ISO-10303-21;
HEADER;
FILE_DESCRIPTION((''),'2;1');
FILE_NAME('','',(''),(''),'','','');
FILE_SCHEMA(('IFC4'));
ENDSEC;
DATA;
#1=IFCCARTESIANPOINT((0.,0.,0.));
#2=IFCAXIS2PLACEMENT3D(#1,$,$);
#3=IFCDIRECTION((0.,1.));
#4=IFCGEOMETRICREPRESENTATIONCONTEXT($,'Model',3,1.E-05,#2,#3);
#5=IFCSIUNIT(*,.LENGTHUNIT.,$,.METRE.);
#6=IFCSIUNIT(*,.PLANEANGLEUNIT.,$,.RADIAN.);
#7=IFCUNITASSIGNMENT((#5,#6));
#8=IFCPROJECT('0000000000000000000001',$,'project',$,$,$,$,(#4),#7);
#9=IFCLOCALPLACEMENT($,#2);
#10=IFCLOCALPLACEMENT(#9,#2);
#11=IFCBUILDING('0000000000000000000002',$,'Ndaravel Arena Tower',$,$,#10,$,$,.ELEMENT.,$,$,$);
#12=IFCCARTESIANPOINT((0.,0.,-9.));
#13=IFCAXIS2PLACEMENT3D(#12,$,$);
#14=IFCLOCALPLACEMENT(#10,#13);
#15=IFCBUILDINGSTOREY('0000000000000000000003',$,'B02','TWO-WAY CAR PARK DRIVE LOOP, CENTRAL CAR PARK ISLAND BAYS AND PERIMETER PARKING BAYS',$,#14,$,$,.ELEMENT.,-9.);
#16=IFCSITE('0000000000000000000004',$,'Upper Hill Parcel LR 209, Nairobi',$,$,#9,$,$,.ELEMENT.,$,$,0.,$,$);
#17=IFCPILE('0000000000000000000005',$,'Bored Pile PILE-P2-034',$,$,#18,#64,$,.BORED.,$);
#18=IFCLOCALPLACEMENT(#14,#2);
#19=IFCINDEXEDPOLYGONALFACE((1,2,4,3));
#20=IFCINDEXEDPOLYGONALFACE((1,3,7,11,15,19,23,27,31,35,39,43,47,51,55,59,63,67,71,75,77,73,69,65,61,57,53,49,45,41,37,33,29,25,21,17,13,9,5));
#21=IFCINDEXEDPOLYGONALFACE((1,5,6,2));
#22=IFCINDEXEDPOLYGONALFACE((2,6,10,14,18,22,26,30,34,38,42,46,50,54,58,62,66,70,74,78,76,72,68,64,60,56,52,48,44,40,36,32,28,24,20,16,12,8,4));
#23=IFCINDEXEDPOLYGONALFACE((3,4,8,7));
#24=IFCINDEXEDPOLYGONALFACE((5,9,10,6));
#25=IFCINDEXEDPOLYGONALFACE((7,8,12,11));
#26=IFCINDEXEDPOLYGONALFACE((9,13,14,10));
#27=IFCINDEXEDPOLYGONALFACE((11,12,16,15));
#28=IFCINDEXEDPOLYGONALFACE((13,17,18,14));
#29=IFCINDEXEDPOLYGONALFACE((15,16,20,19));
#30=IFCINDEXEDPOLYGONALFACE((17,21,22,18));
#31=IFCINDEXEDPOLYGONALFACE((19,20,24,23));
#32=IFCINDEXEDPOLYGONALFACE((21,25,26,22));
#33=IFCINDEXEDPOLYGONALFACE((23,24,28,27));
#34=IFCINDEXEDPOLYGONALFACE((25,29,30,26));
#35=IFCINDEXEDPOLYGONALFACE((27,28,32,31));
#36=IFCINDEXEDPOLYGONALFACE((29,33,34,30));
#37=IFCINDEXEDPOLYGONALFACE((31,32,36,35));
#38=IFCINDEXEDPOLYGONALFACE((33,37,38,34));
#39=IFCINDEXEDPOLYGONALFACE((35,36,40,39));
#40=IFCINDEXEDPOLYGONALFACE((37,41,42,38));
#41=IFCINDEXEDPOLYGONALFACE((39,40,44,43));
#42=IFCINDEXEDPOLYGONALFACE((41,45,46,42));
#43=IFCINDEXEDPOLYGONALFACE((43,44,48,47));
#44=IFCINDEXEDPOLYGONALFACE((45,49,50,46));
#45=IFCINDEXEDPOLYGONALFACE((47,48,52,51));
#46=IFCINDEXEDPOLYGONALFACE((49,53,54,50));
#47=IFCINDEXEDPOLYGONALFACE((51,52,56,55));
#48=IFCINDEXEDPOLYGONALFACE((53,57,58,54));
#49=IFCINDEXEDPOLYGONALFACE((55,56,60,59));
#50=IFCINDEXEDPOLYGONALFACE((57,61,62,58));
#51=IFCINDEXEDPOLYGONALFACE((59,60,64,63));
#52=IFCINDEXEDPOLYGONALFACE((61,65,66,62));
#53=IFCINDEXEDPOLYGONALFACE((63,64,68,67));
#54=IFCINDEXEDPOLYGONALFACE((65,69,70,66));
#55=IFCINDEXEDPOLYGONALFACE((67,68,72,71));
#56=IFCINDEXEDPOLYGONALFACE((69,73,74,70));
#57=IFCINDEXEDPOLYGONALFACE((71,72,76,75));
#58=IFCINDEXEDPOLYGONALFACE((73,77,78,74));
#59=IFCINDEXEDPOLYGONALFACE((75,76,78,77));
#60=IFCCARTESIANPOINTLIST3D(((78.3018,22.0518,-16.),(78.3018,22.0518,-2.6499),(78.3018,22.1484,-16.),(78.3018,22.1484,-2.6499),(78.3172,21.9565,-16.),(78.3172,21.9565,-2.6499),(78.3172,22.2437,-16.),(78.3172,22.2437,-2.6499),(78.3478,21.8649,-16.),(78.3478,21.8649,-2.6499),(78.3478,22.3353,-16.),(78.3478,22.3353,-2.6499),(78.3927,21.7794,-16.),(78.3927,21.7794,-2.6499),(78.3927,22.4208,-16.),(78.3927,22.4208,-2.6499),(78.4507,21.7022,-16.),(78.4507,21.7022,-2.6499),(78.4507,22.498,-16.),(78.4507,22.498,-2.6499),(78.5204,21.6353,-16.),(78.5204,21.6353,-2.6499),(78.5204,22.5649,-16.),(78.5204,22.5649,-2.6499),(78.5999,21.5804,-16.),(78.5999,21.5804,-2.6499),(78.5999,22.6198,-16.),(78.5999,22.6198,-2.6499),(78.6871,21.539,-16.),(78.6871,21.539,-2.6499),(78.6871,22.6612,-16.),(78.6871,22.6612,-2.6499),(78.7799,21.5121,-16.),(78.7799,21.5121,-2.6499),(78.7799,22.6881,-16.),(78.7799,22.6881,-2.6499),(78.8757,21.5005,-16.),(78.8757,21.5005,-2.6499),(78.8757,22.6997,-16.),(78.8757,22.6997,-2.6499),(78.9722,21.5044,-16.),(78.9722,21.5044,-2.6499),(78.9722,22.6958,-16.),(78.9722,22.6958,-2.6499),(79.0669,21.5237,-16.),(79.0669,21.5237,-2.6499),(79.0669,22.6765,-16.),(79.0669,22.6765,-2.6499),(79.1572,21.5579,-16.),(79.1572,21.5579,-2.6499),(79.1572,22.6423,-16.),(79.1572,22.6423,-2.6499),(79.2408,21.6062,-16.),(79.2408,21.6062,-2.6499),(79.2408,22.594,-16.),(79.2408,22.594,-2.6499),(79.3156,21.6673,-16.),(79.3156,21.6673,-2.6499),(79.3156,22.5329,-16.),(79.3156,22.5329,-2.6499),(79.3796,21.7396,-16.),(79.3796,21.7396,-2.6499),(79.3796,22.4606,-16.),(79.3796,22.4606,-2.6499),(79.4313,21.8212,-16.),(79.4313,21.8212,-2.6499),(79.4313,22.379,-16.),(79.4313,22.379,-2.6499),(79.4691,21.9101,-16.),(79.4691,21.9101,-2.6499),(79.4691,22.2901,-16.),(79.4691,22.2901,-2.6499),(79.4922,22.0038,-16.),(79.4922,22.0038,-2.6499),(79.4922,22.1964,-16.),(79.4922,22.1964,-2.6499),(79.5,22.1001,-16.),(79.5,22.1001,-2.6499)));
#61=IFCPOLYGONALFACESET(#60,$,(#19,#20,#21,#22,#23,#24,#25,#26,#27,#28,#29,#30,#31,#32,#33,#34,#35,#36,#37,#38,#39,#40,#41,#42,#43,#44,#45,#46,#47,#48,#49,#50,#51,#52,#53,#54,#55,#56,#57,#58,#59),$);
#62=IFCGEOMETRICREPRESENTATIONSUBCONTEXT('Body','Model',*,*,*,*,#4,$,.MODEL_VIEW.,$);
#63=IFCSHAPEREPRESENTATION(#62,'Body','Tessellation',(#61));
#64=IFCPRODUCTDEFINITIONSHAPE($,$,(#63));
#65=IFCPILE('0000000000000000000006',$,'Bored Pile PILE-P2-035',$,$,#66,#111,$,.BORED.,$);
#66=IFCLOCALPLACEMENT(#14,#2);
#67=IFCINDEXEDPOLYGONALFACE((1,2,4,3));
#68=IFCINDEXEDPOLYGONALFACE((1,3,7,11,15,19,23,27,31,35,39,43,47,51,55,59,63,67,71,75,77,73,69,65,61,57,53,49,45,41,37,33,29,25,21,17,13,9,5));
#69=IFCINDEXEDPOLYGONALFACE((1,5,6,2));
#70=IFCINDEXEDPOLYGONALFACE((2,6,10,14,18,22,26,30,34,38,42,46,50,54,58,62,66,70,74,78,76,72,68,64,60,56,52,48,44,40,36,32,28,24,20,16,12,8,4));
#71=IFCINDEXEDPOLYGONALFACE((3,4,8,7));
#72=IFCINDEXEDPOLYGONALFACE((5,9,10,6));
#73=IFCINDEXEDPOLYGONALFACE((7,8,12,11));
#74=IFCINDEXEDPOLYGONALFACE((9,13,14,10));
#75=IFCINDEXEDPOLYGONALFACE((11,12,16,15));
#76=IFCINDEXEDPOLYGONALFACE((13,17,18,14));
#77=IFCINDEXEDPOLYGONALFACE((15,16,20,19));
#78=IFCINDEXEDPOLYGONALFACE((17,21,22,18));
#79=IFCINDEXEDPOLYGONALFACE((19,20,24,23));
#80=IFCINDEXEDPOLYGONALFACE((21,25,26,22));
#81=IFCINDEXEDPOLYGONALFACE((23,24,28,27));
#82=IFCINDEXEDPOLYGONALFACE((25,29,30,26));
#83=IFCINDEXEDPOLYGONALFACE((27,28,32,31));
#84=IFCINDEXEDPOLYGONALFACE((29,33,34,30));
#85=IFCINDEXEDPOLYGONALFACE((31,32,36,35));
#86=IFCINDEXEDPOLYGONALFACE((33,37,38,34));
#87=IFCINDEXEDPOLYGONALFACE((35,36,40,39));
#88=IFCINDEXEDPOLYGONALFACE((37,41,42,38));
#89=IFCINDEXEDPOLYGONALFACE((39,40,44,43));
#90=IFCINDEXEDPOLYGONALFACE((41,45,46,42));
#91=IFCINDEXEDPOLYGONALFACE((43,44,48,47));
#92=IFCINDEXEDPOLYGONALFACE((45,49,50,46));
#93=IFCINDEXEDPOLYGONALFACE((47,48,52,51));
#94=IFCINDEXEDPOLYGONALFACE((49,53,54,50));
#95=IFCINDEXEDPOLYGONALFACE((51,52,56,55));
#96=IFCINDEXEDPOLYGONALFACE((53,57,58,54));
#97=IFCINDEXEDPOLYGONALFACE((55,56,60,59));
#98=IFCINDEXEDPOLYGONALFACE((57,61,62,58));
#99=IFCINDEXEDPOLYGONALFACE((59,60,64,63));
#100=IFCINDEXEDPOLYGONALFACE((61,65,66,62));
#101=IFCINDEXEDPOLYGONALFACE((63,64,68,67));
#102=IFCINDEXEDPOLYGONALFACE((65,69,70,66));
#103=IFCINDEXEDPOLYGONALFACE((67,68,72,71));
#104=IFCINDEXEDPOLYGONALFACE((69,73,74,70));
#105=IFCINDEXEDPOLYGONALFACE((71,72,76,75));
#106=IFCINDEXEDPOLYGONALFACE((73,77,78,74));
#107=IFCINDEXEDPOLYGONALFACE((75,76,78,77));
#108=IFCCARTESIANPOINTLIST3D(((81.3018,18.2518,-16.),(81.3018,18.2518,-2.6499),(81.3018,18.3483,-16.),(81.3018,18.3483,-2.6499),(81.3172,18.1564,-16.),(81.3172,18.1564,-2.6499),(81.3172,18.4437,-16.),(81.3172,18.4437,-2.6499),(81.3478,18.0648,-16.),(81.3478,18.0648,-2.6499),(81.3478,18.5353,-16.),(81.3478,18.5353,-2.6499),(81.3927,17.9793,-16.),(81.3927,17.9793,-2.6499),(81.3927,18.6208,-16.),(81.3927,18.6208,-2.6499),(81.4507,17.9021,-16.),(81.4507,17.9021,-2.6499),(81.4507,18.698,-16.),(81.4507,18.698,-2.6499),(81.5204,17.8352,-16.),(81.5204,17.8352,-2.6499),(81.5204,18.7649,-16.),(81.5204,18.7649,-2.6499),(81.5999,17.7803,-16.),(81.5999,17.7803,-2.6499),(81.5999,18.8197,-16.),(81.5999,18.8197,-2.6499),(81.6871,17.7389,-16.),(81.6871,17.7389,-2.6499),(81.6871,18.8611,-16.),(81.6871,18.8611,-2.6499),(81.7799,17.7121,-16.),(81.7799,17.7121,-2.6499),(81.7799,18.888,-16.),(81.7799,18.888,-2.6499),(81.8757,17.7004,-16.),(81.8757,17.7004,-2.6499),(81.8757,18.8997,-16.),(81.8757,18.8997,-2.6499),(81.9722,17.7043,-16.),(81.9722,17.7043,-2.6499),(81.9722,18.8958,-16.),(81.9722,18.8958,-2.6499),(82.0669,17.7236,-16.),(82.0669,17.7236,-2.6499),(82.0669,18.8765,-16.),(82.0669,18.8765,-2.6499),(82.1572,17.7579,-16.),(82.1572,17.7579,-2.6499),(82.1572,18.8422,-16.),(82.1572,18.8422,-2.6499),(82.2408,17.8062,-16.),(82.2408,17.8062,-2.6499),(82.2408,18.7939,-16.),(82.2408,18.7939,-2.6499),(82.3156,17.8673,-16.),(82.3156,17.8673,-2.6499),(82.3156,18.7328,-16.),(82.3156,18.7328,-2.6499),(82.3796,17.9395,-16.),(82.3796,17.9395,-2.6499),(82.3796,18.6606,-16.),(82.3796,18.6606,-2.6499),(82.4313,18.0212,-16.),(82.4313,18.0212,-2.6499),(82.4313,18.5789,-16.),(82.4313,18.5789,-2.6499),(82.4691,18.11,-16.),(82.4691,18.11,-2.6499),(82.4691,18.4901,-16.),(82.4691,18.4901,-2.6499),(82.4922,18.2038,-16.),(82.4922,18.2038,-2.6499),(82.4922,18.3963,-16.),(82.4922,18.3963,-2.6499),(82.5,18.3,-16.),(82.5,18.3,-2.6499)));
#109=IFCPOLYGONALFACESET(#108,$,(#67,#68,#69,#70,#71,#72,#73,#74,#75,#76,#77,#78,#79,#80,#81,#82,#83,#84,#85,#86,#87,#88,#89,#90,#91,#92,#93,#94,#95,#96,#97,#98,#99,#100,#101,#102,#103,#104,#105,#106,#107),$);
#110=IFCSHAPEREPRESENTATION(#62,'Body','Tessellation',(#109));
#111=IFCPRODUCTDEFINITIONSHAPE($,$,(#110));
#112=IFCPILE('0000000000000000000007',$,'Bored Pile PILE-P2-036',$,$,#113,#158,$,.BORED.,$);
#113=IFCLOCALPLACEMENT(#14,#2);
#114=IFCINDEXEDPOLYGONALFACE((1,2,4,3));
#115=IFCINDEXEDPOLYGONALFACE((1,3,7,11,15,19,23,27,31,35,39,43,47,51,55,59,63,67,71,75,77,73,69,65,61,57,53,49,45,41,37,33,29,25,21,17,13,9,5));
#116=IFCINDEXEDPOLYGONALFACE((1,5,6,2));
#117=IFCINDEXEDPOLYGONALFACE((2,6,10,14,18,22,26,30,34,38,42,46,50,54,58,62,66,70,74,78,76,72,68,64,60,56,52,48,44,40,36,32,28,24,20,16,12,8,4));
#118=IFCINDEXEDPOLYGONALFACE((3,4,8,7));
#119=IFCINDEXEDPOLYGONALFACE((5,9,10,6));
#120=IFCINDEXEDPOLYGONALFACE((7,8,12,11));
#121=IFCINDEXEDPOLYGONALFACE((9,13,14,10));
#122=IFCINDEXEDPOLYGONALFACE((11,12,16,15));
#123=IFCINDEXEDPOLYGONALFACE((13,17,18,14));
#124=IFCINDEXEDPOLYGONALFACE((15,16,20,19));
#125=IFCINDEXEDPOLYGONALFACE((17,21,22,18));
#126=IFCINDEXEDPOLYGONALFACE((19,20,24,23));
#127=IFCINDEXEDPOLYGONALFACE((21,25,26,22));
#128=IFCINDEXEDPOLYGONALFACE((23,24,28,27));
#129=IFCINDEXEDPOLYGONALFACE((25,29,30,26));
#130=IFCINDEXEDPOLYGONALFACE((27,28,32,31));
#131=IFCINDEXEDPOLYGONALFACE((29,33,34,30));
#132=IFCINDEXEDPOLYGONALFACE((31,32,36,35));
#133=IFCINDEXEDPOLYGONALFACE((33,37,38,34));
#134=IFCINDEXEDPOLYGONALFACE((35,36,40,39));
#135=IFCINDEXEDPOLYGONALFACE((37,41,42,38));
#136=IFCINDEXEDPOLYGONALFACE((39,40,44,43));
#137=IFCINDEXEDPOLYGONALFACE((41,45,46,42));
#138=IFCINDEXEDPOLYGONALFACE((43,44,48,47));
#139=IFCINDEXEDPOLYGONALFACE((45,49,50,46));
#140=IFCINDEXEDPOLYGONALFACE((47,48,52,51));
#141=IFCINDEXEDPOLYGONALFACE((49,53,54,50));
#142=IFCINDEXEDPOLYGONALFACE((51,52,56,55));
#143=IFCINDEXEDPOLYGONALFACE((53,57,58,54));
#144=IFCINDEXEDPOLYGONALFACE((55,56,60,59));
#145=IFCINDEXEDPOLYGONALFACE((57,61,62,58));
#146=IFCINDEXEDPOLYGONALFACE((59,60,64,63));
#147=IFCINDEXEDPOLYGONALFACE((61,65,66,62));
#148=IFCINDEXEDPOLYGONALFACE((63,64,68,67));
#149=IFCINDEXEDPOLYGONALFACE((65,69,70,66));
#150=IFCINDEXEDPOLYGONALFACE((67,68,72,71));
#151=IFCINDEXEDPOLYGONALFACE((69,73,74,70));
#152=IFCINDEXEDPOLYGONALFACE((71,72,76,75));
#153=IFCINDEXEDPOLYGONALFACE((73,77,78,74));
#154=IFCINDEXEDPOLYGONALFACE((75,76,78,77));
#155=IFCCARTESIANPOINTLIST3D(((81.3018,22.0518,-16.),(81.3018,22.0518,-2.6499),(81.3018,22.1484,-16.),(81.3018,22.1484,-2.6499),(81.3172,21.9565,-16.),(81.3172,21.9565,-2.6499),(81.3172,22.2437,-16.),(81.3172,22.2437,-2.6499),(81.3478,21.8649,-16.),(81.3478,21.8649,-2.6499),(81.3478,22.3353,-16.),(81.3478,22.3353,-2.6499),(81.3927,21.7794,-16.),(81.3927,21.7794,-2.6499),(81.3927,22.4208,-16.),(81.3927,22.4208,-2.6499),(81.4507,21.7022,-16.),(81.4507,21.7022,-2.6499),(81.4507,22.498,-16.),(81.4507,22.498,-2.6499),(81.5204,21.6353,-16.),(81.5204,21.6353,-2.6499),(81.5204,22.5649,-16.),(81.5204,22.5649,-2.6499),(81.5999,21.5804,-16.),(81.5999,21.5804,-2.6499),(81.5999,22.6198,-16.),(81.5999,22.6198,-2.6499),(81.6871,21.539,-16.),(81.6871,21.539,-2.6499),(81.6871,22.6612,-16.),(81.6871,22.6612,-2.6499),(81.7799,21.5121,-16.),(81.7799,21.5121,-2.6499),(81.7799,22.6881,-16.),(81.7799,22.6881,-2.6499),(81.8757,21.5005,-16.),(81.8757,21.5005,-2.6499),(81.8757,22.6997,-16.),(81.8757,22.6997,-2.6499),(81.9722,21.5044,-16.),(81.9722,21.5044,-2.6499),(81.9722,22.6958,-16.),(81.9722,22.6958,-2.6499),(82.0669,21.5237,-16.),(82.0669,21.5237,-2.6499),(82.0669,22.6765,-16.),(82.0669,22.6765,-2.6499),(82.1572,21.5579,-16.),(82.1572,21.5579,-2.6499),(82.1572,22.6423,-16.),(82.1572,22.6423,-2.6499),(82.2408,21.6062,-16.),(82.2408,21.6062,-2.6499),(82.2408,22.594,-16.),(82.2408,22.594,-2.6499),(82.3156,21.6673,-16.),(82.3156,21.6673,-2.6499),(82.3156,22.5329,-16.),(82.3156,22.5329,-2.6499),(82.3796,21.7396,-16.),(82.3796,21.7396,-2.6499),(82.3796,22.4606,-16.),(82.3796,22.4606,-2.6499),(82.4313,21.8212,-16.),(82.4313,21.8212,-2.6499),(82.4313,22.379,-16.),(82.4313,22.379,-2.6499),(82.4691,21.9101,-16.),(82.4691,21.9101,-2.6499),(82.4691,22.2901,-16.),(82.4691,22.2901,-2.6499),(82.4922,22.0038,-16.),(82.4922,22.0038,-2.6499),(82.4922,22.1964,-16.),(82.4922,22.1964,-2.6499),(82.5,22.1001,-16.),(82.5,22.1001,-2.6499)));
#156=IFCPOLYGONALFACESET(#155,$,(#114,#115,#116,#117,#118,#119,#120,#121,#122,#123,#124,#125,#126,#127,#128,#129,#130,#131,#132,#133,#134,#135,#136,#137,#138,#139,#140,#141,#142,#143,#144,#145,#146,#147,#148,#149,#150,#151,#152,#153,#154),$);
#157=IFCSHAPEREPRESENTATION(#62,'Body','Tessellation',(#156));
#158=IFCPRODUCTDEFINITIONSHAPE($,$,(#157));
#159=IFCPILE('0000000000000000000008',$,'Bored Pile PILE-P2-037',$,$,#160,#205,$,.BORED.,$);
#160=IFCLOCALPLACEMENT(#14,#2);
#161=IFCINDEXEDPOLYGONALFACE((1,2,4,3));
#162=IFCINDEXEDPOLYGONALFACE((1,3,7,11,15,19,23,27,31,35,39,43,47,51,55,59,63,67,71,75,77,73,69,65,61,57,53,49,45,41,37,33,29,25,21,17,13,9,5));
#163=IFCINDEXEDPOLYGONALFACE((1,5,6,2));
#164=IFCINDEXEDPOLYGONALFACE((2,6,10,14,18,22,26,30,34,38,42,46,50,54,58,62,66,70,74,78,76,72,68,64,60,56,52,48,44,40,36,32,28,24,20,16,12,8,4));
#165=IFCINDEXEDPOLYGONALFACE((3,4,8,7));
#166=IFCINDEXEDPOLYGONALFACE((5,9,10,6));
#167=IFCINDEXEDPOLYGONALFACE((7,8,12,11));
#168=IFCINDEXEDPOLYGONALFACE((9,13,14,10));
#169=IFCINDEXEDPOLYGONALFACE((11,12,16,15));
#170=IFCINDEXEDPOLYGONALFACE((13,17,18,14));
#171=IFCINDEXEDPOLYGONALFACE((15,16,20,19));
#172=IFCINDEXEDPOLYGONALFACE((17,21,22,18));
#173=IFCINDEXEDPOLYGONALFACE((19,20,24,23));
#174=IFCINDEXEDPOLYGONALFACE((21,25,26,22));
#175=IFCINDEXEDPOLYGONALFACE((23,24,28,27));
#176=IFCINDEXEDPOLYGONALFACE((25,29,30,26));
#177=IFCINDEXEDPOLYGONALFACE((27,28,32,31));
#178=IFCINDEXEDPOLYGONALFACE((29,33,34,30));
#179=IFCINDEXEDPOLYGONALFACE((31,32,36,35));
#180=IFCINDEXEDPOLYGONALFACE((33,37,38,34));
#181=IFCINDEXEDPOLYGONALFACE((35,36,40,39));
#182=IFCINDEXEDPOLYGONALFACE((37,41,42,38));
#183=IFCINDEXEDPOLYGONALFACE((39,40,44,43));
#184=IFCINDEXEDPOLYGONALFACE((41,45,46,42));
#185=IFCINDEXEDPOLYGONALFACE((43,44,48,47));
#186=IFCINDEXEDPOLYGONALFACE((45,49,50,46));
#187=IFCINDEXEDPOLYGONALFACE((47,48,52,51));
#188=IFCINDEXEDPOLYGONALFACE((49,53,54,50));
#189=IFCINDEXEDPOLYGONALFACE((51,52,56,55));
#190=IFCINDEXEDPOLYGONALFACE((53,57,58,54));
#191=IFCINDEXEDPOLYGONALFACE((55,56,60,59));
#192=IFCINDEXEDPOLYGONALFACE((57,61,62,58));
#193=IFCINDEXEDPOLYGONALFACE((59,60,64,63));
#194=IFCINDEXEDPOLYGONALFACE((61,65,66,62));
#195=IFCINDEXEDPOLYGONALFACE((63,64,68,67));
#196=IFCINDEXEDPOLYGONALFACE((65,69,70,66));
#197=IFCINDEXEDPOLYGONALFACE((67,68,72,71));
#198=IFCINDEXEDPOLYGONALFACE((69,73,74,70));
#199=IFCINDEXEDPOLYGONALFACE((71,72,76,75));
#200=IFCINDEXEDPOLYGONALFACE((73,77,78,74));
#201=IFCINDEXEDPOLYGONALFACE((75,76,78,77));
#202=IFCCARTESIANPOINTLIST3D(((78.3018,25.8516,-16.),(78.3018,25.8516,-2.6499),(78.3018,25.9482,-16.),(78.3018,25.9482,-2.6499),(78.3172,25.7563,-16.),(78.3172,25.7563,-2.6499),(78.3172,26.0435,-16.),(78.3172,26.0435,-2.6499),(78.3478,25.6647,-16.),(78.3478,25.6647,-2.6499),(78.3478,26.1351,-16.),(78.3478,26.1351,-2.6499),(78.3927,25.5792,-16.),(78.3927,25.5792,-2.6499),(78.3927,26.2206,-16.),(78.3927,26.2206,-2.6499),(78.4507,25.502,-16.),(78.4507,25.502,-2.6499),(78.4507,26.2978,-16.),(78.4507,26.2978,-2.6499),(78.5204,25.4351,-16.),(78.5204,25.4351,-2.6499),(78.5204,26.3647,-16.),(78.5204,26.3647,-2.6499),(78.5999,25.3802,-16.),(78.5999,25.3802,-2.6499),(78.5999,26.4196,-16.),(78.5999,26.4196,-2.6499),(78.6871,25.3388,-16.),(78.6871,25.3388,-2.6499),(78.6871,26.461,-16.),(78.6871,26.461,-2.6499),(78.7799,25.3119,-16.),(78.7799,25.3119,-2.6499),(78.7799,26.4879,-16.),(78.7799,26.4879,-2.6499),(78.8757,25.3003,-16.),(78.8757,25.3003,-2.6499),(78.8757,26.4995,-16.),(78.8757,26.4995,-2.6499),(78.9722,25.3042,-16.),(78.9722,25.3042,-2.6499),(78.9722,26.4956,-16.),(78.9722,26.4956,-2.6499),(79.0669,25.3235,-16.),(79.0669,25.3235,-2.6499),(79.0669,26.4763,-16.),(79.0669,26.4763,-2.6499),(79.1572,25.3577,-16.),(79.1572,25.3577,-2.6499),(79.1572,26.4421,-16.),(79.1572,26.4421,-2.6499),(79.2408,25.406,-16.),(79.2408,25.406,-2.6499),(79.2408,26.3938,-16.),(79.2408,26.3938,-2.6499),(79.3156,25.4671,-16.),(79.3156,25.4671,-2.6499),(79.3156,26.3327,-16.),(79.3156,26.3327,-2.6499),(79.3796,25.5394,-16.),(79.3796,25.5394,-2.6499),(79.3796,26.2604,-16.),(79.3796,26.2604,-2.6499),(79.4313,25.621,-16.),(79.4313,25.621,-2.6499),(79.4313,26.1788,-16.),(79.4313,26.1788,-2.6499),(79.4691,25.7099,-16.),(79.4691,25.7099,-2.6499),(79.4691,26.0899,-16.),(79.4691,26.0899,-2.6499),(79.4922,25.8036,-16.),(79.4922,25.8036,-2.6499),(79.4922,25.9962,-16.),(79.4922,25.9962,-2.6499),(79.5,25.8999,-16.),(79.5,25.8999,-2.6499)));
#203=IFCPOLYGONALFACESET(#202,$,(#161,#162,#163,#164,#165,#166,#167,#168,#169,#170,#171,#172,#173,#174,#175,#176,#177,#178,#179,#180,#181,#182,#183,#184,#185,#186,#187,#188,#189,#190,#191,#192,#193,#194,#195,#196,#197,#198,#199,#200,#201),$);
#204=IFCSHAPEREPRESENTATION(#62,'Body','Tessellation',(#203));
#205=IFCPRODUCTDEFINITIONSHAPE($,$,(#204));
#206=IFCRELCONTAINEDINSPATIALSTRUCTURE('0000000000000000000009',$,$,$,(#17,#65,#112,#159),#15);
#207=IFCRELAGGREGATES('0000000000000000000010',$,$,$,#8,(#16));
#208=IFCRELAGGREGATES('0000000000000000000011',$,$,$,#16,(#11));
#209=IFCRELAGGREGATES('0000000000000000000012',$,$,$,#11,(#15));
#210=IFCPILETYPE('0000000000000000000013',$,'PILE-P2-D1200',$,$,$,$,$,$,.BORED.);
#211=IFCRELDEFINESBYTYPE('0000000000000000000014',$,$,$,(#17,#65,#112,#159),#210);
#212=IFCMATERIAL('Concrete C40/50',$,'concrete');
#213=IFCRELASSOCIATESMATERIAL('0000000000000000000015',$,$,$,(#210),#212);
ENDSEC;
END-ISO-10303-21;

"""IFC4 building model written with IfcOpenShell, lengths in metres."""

from ifc_helpers import new_model, si_unit, direction, frame, origin, origin_2d, place, context, subcontext, project, spatial, circle, extrude, material, material_profile, profile_set, type_object, element, save


model = new_model("IFC4")

# Units and contexts
model_context = context("Model", 3, precision=1e-05, world=origin(), true_north=direction((0.0, 1.0)))
body_context = subcontext(model_context, "Body", "Model", "MODEL_VIEW")
ifc_project = project(units=[si_unit("LENGTHUNIT", "METRE"), si_unit("PLANEANGLEUNIT", "RADIAN")], contexts=[model_context])

# Site, building, storey
site_placement = place(None, origin())
site = spatial("IfcSite", under=ifc_project, at=site_placement, Name="Upper Hill Parcel LR 209, Nairobi", CompositionType="ELEMENT", RefElevation=0.0)
building_placement = place(site_placement, origin())
building = spatial("IfcBuilding", under=site, at=building_placement, Name="Ndaravel Arena Tower", CompositionType="ELEMENT")
storey_placement = place(building_placement, frame((0.0, 0.0, -9.0)))
storey = spatial("IfcBuildingStorey", under=building, at=storey_placement, Name="B02", Description="TWO-WAY CAR PARK DRIVE LOOP, CENTRAL CAR PARK ISLAND BAYS AND PERIMETER PARKING BAYS", CompositionType="ELEMENT", Elevation=-9.0)

# Piles
ifc_material_1 = material(Name="Concrete C40/50", Category="concrete")
ifc_material_profile_1 = material_profile(ifc_material_1, circle(Radius=0.6001, at=origin_2d()), Name="BORED PILE D1200")
ifc_profile_set_1 = profile_set([ifc_material_profile_1], Name="Concrete C40/50")
pile_type_1 = type_object("IfcPileType", Name="PILE-P2-D1200", PredefinedType="BORED", material=ifc_profile_set_1)
for number, where, z_axis, x_axis, name in (
    (1, (78.8999, 22.1001, -2.6499), (0.0, 0.0, -1.0), (1.0, 0.0, 0.0), "Bored Pile PILE-P2-034"),
    (2, (81.8999, 18.3, -2.6499), (0.0, 0.0, -1.0), (1.0, 0.0, 0.0), "Bored Pile PILE-P2-035"),
    (3, (81.8999, 22.1001, -2.6499), (0.0, 0.0, -1.0), (1.0, 0.0, 0.0), "Bored Pile PILE-P2-036"),
    (4, (78.8999, 25.8999, -2.6499), (0.0, 0.0, -1.0), (1.0, 0.0, 0.0), "Bored Pile PILE-P2-037"),
):
    element("IfcPile", number, at=place(storey_placement, frame(where, z_axis=z_axis, x_axis=x_axis)), inside=storey, type_object=pile_type_1, Name=name, PredefinedType="BORED", context=body_context, shape_type="SweptSolid", body=[
        extrude(circle(Radius=0.6001, at=origin_2d()), origin(), (0.0, 0.0, 1.0), 13.3501),
    ])

save(model, "model.ifc")
